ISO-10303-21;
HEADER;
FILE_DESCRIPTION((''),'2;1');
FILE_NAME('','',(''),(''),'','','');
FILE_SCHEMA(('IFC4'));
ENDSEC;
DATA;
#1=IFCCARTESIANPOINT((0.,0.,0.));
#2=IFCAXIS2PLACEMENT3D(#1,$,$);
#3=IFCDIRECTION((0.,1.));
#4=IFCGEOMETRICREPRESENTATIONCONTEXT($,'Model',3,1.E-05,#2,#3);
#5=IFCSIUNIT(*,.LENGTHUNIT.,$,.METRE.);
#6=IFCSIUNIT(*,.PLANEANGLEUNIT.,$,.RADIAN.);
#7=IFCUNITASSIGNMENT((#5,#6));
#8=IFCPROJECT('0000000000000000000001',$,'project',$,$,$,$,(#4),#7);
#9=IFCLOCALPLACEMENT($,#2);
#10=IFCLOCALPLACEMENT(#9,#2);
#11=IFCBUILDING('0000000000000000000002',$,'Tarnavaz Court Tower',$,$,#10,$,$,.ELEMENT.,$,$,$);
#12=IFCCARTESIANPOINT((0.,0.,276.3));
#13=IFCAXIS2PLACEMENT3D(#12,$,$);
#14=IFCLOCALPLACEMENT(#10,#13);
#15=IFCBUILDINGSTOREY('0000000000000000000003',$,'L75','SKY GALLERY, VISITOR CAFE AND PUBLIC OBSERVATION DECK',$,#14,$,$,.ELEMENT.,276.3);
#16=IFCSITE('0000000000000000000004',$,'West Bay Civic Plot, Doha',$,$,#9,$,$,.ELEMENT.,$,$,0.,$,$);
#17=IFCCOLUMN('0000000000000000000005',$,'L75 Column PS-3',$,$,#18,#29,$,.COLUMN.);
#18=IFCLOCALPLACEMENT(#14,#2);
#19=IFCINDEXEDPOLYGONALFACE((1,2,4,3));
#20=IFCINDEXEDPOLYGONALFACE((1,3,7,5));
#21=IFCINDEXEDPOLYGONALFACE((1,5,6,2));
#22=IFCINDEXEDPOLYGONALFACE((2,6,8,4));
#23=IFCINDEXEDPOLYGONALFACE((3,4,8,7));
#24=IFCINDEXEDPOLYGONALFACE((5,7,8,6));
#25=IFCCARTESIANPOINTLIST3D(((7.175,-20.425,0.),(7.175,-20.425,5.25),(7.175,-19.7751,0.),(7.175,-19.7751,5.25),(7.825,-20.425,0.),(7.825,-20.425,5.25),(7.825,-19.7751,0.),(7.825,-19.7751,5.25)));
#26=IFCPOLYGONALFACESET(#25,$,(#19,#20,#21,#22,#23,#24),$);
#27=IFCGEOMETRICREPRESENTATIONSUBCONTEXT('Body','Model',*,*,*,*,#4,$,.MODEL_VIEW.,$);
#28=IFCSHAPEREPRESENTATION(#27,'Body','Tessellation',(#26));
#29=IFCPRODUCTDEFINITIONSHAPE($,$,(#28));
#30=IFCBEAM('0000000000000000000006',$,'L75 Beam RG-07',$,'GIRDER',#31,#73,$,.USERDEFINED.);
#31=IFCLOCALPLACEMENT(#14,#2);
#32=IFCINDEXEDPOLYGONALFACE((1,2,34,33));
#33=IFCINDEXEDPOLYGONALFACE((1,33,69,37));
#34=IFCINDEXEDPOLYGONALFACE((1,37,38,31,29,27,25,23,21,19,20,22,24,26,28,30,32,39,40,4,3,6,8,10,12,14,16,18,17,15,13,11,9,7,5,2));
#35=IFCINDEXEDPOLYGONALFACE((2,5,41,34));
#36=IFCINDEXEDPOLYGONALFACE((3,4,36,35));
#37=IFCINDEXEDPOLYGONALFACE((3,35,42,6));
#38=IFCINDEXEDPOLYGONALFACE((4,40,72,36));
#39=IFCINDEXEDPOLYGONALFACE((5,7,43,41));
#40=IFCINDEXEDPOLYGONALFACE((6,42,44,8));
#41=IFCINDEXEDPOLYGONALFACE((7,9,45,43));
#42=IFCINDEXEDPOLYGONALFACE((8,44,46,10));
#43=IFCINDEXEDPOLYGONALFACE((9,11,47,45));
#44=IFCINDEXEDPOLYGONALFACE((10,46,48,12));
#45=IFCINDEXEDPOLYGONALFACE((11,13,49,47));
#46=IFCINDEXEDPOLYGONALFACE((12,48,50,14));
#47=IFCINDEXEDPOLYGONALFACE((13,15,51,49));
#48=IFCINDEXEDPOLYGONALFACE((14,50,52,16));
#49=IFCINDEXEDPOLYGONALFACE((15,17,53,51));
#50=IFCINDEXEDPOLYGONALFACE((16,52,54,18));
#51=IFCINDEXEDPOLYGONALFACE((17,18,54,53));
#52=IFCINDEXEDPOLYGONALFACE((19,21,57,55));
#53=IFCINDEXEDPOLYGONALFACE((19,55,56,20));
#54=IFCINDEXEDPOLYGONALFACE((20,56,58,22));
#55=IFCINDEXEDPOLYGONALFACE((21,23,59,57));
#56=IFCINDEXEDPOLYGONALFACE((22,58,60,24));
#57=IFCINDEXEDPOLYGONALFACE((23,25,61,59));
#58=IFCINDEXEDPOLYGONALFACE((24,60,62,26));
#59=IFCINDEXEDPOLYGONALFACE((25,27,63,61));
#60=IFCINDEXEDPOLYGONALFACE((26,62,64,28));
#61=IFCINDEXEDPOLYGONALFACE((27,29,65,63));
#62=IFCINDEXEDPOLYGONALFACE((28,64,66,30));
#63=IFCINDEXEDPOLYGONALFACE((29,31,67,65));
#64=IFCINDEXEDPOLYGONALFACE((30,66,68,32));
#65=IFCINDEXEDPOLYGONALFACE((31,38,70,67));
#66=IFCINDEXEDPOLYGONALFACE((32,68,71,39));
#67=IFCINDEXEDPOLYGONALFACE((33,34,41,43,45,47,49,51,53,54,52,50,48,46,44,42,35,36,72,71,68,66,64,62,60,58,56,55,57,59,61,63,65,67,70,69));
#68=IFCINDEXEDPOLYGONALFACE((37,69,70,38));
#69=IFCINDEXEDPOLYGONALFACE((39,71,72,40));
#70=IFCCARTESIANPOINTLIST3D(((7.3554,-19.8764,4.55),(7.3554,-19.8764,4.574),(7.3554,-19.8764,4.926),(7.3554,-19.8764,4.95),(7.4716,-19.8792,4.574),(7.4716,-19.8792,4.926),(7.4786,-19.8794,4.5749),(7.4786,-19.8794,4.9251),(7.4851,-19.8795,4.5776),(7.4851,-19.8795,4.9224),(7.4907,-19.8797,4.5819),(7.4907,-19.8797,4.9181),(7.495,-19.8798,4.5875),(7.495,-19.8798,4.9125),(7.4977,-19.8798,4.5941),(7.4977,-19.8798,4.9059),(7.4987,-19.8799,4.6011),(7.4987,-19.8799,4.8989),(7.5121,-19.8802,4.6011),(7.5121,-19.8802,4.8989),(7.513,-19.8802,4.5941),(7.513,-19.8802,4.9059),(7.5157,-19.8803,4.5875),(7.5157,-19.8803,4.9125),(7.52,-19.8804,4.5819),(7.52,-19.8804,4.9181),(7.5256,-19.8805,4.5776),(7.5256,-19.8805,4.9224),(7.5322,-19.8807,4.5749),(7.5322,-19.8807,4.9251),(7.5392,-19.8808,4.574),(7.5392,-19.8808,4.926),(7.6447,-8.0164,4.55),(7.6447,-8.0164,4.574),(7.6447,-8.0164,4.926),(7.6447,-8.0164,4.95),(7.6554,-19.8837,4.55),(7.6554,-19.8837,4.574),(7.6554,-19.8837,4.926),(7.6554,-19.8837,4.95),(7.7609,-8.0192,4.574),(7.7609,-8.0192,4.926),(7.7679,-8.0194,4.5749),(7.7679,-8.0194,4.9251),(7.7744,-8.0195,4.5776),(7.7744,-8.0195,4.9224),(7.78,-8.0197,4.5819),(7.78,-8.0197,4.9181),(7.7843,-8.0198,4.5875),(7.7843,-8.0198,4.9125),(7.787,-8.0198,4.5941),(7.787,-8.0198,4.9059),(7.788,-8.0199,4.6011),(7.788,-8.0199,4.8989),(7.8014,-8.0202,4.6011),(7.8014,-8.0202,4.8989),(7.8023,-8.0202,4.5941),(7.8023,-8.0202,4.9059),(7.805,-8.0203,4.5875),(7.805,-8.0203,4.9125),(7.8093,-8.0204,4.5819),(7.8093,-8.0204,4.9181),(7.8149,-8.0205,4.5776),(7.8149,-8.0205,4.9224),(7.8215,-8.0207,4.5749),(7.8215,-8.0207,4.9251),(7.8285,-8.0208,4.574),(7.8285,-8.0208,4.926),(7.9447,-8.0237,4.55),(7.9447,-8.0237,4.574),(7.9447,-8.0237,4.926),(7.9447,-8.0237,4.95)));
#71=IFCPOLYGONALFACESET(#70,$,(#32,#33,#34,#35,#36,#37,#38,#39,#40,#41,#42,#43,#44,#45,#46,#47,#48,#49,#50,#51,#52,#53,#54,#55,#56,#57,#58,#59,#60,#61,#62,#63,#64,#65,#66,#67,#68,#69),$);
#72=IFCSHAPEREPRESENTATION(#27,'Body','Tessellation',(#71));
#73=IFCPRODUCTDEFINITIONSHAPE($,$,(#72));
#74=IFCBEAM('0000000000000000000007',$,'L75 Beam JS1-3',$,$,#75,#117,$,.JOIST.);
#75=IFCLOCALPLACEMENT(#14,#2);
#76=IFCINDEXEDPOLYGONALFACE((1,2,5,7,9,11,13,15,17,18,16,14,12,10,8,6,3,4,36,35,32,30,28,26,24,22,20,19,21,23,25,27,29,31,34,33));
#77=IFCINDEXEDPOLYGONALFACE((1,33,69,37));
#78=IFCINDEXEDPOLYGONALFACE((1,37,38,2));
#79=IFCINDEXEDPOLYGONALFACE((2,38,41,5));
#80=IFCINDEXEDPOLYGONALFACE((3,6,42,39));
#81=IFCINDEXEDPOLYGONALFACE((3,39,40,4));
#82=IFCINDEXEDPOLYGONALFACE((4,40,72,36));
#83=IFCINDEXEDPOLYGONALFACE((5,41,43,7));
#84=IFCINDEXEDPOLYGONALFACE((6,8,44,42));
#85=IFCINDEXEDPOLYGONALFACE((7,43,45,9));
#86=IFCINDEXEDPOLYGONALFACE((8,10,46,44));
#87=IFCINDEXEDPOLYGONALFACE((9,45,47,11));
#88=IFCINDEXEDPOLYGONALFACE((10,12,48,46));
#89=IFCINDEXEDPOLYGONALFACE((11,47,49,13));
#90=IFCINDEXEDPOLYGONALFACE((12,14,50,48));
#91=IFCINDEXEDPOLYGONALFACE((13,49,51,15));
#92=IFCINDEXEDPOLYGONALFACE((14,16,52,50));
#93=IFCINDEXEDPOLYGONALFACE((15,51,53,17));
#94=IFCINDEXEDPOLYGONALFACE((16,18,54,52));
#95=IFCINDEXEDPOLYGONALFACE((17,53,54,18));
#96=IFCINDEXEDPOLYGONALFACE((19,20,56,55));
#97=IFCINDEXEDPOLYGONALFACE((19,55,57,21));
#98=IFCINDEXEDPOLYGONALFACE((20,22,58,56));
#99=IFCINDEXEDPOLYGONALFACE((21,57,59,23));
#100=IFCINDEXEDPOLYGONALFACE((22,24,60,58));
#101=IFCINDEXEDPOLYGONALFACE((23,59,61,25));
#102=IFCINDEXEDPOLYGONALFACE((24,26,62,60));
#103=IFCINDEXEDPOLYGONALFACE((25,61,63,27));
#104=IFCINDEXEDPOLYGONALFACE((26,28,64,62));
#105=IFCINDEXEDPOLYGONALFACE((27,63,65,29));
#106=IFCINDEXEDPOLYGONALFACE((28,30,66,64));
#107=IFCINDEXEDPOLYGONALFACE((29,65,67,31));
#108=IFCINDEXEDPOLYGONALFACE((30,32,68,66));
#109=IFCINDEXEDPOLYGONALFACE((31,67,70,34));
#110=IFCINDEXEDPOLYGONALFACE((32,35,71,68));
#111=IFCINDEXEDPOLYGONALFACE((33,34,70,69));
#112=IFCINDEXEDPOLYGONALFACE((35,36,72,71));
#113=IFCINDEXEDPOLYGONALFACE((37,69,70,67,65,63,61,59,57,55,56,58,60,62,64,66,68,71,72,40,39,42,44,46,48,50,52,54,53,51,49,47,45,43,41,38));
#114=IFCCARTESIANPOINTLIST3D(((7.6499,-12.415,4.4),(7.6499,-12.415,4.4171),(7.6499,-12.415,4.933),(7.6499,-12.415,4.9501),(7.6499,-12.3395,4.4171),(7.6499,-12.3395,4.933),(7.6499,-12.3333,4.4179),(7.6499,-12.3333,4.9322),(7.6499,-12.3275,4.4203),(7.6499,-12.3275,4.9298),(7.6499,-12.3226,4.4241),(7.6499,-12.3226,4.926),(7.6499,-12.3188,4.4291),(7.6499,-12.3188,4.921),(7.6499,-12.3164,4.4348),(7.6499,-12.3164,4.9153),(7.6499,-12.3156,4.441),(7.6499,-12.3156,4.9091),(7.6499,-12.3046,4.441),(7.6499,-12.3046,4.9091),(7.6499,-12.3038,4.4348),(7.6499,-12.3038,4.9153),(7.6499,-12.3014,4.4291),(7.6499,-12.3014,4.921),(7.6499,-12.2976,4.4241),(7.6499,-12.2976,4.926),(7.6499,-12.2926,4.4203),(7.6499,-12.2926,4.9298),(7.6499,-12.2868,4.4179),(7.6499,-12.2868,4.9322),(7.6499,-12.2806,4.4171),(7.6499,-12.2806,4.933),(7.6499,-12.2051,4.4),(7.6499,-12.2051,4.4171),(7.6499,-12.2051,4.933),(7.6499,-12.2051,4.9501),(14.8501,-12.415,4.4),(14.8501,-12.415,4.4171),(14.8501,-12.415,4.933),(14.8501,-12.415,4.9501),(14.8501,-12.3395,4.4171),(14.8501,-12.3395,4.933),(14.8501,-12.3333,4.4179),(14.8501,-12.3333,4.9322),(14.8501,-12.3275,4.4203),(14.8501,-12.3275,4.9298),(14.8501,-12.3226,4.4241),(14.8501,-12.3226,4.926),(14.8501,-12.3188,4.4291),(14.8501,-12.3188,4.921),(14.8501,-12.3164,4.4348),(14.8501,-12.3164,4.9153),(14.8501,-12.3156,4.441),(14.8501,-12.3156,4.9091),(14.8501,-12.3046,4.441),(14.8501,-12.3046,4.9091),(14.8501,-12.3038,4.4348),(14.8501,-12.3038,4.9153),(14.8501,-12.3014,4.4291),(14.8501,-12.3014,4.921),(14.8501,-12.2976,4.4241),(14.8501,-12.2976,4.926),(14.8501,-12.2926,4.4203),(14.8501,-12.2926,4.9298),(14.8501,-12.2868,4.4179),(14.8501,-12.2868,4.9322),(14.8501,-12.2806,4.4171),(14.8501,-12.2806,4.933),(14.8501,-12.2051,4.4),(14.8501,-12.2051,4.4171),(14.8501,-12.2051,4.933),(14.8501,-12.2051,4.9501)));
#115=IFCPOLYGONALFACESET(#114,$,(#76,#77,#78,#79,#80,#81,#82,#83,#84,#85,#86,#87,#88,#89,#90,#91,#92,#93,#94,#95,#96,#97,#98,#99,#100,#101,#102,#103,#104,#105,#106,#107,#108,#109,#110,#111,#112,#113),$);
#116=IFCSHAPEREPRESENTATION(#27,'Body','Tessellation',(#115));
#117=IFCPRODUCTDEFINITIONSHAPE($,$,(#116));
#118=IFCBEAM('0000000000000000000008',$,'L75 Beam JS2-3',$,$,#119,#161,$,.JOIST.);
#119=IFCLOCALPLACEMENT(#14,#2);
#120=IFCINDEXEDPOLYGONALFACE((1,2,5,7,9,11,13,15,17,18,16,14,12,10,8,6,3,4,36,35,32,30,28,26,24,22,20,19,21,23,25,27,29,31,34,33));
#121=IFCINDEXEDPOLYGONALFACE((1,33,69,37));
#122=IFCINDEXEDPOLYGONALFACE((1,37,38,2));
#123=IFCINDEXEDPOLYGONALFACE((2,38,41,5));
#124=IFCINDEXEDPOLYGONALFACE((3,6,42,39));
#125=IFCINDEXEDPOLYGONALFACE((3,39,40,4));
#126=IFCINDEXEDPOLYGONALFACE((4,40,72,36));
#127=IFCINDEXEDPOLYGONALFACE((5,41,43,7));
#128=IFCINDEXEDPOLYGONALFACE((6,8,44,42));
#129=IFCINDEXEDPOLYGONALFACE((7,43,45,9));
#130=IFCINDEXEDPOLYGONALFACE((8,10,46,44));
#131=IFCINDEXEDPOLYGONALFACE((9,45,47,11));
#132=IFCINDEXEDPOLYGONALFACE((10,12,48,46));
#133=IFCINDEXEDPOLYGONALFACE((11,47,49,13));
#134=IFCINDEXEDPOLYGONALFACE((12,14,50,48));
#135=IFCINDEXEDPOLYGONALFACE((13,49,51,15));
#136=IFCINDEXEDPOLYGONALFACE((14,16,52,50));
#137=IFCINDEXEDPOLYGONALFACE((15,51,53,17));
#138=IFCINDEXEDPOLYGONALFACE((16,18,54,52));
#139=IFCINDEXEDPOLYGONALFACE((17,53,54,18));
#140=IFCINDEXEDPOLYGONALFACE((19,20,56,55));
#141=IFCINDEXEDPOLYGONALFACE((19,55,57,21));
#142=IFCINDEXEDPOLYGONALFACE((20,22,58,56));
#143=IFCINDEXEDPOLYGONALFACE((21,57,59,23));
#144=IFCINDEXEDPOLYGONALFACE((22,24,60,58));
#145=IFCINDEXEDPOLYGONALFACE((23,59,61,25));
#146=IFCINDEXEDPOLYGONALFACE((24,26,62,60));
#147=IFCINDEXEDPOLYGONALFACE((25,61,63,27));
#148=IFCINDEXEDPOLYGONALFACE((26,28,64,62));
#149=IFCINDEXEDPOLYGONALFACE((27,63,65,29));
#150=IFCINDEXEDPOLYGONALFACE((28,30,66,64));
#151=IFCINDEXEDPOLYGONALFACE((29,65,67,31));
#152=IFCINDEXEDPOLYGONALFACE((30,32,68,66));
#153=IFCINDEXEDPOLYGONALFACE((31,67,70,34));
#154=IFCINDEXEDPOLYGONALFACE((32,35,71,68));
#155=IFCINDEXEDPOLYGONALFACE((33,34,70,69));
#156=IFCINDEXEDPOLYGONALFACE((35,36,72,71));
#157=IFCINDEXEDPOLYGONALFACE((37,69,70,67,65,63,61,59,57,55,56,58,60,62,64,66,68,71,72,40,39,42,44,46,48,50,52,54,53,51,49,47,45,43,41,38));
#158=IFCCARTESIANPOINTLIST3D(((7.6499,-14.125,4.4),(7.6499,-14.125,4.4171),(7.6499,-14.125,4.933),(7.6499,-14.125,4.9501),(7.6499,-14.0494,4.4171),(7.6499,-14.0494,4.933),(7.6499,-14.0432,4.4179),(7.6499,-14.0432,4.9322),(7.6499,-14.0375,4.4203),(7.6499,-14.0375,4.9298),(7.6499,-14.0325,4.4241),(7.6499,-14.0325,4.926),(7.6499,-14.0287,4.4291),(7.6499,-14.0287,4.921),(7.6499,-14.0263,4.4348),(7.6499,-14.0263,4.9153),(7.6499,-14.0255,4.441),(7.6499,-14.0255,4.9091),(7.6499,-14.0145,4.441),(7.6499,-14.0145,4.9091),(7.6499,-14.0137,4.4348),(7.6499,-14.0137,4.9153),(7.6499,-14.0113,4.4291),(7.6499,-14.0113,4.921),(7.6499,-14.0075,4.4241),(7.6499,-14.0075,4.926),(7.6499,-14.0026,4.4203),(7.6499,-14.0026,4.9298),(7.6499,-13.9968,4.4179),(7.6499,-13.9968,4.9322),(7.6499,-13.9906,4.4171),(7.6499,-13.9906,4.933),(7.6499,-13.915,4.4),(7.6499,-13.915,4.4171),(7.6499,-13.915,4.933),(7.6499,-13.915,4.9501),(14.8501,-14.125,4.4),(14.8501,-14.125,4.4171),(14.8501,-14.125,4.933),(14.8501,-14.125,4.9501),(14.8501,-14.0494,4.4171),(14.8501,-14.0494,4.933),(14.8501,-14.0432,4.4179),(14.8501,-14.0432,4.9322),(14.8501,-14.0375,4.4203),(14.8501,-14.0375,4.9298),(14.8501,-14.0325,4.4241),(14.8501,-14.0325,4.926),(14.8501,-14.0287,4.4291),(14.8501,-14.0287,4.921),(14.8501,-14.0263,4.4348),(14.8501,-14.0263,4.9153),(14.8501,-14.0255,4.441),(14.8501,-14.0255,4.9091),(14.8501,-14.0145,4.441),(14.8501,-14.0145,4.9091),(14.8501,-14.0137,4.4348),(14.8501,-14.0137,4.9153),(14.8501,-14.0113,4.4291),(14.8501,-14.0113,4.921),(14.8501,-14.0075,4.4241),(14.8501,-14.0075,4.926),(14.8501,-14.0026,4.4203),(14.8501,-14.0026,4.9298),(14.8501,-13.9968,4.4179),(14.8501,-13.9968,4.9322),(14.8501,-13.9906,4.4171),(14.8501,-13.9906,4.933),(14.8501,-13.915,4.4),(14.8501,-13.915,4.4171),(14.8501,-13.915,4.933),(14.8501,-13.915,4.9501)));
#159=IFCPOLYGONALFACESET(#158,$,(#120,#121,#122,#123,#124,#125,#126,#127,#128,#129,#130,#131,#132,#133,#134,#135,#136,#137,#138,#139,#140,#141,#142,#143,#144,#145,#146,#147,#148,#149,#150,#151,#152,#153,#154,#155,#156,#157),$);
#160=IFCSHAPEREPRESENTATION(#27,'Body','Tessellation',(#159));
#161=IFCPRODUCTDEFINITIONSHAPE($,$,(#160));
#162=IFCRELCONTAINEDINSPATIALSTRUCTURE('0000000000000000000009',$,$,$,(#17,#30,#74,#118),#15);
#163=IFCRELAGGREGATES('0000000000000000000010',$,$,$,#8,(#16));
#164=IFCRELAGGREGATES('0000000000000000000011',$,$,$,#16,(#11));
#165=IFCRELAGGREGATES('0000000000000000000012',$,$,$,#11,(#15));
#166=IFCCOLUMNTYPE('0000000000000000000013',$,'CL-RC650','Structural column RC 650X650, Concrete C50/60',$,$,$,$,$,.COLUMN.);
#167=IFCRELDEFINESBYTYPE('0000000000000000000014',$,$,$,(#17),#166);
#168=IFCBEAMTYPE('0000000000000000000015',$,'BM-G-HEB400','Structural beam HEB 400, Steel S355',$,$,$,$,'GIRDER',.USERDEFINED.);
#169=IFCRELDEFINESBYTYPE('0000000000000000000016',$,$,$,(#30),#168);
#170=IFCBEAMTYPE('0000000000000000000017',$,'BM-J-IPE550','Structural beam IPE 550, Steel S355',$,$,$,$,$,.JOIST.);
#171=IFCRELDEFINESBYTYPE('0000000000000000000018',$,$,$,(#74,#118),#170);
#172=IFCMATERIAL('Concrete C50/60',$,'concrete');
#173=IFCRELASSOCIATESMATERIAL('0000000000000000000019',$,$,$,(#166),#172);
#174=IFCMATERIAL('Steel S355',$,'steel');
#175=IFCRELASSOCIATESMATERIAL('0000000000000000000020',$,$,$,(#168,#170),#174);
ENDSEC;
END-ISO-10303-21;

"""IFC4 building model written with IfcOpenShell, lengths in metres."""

from ifc_helpers import new_model, si_unit, direction, frame, origin, origin_2d, place, context, subcontext, project, spatial, rectangle, i_section, extrude, material, material_profile, profile_set, type_object, element, save


model = new_model("IFC4")

# Units and contexts
model_context = context("Model", 3, precision=1e-05, world=origin(), true_north=direction((0.0, 1.0)))
body_context = subcontext(model_context, "Body", "Model", "MODEL_VIEW")
ifc_project = project(units=[si_unit("LENGTHUNIT", "METRE"), si_unit("PLANEANGLEUNIT", "RADIAN")], contexts=[model_context])

# Site, building, storey
site_placement = place(None, origin())
site = spatial("IfcSite", under=ifc_project, at=site_placement, Name="West Bay Civic Plot, Doha", CompositionType="ELEMENT", RefElevation=0.0)
building_placement = place(site_placement, origin())
building = spatial("IfcBuilding", under=site, at=building_placement, Name="Tarnavaz Court Tower", CompositionType="ELEMENT")
storey_placement = place(building_placement, frame((0.0, 0.0, 276.3)))
storey = spatial("IfcBuildingStorey", under=building, at=storey_placement, Name="L75", Description="SKY GALLERY, VISITOR CAFE AND PUBLIC OBSERVATION DECK", CompositionType="ELEMENT", Elevation=276.3)

# Column
ifc_material_1 = material(Name="Concrete C50/60", Category="concrete")
ifc_material_profile_1 = material_profile(ifc_material_1, rectangle(XDim=0.6499, YDim=0.6499, at=origin_2d()), Name="RC 650X650")
ifc_profile_set_1 = profile_set([ifc_material_profile_1], Name="Concrete C50/60")
column_type = type_object("IfcColumnType", Name="CL-RC650", Description="Structural column RC 650X650, Concrete C50/60", PredefinedType="COLUMN", material=ifc_profile_set_1)
column_placement = place(storey_placement, frame((7.5, -20.1001, 0.0), z_axis=(0.0, 0.0, 1.0), x_axis=(1.0, 0.0, 0.0)))
element("IfcColumn", 1, at=column_placement, inside=storey, type_object=column_type, Name="L75 Column PS-3", PredefinedType="COLUMN", context=body_context, shape_type="SweptSolid", body=[
    extrude(rectangle(XDim=0.6499, YDim=0.6499, at=origin_2d()), origin(), (0.0, 0.0, 1.0), 5.25),
])

# Beams
ifc_material_2 = material(Name="Steel S355", Category="steel")
ifc_material_profile_2 = material_profile(ifc_material_2, i_section(OverallWidth=0.3, OverallDepth=0.3999, WebThickness=0.0134, FlangeThickness=0.0239, FilletRadius=0.0271, at=origin_2d()), Name="HEB 400")
ifc_profile_set_2 = profile_set([ifc_material_profile_2], Name="Steel S355")
beam_type_1 = type_object("IfcBeamType", Name="BM-G-HEB400", Description="Structural beam HEB 400, Steel S355", ElementType="GIRDER", PredefinedType="USERDEFINED", material=ifc_profile_set_2)
beam_1_placement = place(storey_placement, frame((7.7947, -8.02, 4.75), z_axis=(-0.024386, -0.999703, 0.0), x_axis=(0.999703, -0.024386, 0.0)))
element("IfcBeam", 2, at=beam_1_placement, inside=storey, type_object=beam_type_1, Name="L75 Beam RG-07", ObjectType="GIRDER", PredefinedType="USERDEFINED", context=body_context, shape_type="SweptSolid", body=[
    extrude(i_section(OverallWidth=0.3, OverallDepth=0.3999, WebThickness=0.0134, FlangeThickness=0.0239, FilletRadius=0.0271, at=origin_2d()), origin(), (0.0, 0.0, 1.0), 11.8635),
])
ifc_material_profile_3 = material_profile(ifc_material_2, i_section(OverallWidth=0.21, OverallDepth=0.55, WebThickness=0.011, FlangeThickness=0.0171, FilletRadius=0.0239, at=origin_2d()), Name="IPE 550")
ifc_profile_set_3 = profile_set([ifc_material_profile_3], Name="Steel S355")
beam_type_2 = type_object("IfcBeamType", Name="BM-J-IPE550", Description="Structural beam IPE 550, Steel S355", PredefinedType="JOIST", material=ifc_profile_set_3)
for number, where, z_axis, x_axis, name in (
    (3, (7.6499, -12.3101, 4.675), (1.0, 0.0, 0.0), (0.0, 1.0, 0.0), "L75 Beam JS1-3"),
    (4, (7.6499, -14.02, 4.675), (1.0, 0.0, 0.0), (0.0, 1.0, 0.0), "L75 Beam JS2-3"),
):
    element("IfcBeam", number, at=place(storey_placement, frame(where, z_axis=z_axis, x_axis=x_axis)), inside=storey, type_object=beam_type_2, Name=name, PredefinedType="JOIST", context=body_context, shape_type="SweptSolid", body=[
        extrude(i_section(OverallWidth=0.21, OverallDepth=0.55, WebThickness=0.011, FlangeThickness=0.0171, FilletRadius=0.0239, at=origin_2d()), origin(), (0.0, 0.0, 1.0), 7.2002),
    ])

save(model, "model.ifc")
